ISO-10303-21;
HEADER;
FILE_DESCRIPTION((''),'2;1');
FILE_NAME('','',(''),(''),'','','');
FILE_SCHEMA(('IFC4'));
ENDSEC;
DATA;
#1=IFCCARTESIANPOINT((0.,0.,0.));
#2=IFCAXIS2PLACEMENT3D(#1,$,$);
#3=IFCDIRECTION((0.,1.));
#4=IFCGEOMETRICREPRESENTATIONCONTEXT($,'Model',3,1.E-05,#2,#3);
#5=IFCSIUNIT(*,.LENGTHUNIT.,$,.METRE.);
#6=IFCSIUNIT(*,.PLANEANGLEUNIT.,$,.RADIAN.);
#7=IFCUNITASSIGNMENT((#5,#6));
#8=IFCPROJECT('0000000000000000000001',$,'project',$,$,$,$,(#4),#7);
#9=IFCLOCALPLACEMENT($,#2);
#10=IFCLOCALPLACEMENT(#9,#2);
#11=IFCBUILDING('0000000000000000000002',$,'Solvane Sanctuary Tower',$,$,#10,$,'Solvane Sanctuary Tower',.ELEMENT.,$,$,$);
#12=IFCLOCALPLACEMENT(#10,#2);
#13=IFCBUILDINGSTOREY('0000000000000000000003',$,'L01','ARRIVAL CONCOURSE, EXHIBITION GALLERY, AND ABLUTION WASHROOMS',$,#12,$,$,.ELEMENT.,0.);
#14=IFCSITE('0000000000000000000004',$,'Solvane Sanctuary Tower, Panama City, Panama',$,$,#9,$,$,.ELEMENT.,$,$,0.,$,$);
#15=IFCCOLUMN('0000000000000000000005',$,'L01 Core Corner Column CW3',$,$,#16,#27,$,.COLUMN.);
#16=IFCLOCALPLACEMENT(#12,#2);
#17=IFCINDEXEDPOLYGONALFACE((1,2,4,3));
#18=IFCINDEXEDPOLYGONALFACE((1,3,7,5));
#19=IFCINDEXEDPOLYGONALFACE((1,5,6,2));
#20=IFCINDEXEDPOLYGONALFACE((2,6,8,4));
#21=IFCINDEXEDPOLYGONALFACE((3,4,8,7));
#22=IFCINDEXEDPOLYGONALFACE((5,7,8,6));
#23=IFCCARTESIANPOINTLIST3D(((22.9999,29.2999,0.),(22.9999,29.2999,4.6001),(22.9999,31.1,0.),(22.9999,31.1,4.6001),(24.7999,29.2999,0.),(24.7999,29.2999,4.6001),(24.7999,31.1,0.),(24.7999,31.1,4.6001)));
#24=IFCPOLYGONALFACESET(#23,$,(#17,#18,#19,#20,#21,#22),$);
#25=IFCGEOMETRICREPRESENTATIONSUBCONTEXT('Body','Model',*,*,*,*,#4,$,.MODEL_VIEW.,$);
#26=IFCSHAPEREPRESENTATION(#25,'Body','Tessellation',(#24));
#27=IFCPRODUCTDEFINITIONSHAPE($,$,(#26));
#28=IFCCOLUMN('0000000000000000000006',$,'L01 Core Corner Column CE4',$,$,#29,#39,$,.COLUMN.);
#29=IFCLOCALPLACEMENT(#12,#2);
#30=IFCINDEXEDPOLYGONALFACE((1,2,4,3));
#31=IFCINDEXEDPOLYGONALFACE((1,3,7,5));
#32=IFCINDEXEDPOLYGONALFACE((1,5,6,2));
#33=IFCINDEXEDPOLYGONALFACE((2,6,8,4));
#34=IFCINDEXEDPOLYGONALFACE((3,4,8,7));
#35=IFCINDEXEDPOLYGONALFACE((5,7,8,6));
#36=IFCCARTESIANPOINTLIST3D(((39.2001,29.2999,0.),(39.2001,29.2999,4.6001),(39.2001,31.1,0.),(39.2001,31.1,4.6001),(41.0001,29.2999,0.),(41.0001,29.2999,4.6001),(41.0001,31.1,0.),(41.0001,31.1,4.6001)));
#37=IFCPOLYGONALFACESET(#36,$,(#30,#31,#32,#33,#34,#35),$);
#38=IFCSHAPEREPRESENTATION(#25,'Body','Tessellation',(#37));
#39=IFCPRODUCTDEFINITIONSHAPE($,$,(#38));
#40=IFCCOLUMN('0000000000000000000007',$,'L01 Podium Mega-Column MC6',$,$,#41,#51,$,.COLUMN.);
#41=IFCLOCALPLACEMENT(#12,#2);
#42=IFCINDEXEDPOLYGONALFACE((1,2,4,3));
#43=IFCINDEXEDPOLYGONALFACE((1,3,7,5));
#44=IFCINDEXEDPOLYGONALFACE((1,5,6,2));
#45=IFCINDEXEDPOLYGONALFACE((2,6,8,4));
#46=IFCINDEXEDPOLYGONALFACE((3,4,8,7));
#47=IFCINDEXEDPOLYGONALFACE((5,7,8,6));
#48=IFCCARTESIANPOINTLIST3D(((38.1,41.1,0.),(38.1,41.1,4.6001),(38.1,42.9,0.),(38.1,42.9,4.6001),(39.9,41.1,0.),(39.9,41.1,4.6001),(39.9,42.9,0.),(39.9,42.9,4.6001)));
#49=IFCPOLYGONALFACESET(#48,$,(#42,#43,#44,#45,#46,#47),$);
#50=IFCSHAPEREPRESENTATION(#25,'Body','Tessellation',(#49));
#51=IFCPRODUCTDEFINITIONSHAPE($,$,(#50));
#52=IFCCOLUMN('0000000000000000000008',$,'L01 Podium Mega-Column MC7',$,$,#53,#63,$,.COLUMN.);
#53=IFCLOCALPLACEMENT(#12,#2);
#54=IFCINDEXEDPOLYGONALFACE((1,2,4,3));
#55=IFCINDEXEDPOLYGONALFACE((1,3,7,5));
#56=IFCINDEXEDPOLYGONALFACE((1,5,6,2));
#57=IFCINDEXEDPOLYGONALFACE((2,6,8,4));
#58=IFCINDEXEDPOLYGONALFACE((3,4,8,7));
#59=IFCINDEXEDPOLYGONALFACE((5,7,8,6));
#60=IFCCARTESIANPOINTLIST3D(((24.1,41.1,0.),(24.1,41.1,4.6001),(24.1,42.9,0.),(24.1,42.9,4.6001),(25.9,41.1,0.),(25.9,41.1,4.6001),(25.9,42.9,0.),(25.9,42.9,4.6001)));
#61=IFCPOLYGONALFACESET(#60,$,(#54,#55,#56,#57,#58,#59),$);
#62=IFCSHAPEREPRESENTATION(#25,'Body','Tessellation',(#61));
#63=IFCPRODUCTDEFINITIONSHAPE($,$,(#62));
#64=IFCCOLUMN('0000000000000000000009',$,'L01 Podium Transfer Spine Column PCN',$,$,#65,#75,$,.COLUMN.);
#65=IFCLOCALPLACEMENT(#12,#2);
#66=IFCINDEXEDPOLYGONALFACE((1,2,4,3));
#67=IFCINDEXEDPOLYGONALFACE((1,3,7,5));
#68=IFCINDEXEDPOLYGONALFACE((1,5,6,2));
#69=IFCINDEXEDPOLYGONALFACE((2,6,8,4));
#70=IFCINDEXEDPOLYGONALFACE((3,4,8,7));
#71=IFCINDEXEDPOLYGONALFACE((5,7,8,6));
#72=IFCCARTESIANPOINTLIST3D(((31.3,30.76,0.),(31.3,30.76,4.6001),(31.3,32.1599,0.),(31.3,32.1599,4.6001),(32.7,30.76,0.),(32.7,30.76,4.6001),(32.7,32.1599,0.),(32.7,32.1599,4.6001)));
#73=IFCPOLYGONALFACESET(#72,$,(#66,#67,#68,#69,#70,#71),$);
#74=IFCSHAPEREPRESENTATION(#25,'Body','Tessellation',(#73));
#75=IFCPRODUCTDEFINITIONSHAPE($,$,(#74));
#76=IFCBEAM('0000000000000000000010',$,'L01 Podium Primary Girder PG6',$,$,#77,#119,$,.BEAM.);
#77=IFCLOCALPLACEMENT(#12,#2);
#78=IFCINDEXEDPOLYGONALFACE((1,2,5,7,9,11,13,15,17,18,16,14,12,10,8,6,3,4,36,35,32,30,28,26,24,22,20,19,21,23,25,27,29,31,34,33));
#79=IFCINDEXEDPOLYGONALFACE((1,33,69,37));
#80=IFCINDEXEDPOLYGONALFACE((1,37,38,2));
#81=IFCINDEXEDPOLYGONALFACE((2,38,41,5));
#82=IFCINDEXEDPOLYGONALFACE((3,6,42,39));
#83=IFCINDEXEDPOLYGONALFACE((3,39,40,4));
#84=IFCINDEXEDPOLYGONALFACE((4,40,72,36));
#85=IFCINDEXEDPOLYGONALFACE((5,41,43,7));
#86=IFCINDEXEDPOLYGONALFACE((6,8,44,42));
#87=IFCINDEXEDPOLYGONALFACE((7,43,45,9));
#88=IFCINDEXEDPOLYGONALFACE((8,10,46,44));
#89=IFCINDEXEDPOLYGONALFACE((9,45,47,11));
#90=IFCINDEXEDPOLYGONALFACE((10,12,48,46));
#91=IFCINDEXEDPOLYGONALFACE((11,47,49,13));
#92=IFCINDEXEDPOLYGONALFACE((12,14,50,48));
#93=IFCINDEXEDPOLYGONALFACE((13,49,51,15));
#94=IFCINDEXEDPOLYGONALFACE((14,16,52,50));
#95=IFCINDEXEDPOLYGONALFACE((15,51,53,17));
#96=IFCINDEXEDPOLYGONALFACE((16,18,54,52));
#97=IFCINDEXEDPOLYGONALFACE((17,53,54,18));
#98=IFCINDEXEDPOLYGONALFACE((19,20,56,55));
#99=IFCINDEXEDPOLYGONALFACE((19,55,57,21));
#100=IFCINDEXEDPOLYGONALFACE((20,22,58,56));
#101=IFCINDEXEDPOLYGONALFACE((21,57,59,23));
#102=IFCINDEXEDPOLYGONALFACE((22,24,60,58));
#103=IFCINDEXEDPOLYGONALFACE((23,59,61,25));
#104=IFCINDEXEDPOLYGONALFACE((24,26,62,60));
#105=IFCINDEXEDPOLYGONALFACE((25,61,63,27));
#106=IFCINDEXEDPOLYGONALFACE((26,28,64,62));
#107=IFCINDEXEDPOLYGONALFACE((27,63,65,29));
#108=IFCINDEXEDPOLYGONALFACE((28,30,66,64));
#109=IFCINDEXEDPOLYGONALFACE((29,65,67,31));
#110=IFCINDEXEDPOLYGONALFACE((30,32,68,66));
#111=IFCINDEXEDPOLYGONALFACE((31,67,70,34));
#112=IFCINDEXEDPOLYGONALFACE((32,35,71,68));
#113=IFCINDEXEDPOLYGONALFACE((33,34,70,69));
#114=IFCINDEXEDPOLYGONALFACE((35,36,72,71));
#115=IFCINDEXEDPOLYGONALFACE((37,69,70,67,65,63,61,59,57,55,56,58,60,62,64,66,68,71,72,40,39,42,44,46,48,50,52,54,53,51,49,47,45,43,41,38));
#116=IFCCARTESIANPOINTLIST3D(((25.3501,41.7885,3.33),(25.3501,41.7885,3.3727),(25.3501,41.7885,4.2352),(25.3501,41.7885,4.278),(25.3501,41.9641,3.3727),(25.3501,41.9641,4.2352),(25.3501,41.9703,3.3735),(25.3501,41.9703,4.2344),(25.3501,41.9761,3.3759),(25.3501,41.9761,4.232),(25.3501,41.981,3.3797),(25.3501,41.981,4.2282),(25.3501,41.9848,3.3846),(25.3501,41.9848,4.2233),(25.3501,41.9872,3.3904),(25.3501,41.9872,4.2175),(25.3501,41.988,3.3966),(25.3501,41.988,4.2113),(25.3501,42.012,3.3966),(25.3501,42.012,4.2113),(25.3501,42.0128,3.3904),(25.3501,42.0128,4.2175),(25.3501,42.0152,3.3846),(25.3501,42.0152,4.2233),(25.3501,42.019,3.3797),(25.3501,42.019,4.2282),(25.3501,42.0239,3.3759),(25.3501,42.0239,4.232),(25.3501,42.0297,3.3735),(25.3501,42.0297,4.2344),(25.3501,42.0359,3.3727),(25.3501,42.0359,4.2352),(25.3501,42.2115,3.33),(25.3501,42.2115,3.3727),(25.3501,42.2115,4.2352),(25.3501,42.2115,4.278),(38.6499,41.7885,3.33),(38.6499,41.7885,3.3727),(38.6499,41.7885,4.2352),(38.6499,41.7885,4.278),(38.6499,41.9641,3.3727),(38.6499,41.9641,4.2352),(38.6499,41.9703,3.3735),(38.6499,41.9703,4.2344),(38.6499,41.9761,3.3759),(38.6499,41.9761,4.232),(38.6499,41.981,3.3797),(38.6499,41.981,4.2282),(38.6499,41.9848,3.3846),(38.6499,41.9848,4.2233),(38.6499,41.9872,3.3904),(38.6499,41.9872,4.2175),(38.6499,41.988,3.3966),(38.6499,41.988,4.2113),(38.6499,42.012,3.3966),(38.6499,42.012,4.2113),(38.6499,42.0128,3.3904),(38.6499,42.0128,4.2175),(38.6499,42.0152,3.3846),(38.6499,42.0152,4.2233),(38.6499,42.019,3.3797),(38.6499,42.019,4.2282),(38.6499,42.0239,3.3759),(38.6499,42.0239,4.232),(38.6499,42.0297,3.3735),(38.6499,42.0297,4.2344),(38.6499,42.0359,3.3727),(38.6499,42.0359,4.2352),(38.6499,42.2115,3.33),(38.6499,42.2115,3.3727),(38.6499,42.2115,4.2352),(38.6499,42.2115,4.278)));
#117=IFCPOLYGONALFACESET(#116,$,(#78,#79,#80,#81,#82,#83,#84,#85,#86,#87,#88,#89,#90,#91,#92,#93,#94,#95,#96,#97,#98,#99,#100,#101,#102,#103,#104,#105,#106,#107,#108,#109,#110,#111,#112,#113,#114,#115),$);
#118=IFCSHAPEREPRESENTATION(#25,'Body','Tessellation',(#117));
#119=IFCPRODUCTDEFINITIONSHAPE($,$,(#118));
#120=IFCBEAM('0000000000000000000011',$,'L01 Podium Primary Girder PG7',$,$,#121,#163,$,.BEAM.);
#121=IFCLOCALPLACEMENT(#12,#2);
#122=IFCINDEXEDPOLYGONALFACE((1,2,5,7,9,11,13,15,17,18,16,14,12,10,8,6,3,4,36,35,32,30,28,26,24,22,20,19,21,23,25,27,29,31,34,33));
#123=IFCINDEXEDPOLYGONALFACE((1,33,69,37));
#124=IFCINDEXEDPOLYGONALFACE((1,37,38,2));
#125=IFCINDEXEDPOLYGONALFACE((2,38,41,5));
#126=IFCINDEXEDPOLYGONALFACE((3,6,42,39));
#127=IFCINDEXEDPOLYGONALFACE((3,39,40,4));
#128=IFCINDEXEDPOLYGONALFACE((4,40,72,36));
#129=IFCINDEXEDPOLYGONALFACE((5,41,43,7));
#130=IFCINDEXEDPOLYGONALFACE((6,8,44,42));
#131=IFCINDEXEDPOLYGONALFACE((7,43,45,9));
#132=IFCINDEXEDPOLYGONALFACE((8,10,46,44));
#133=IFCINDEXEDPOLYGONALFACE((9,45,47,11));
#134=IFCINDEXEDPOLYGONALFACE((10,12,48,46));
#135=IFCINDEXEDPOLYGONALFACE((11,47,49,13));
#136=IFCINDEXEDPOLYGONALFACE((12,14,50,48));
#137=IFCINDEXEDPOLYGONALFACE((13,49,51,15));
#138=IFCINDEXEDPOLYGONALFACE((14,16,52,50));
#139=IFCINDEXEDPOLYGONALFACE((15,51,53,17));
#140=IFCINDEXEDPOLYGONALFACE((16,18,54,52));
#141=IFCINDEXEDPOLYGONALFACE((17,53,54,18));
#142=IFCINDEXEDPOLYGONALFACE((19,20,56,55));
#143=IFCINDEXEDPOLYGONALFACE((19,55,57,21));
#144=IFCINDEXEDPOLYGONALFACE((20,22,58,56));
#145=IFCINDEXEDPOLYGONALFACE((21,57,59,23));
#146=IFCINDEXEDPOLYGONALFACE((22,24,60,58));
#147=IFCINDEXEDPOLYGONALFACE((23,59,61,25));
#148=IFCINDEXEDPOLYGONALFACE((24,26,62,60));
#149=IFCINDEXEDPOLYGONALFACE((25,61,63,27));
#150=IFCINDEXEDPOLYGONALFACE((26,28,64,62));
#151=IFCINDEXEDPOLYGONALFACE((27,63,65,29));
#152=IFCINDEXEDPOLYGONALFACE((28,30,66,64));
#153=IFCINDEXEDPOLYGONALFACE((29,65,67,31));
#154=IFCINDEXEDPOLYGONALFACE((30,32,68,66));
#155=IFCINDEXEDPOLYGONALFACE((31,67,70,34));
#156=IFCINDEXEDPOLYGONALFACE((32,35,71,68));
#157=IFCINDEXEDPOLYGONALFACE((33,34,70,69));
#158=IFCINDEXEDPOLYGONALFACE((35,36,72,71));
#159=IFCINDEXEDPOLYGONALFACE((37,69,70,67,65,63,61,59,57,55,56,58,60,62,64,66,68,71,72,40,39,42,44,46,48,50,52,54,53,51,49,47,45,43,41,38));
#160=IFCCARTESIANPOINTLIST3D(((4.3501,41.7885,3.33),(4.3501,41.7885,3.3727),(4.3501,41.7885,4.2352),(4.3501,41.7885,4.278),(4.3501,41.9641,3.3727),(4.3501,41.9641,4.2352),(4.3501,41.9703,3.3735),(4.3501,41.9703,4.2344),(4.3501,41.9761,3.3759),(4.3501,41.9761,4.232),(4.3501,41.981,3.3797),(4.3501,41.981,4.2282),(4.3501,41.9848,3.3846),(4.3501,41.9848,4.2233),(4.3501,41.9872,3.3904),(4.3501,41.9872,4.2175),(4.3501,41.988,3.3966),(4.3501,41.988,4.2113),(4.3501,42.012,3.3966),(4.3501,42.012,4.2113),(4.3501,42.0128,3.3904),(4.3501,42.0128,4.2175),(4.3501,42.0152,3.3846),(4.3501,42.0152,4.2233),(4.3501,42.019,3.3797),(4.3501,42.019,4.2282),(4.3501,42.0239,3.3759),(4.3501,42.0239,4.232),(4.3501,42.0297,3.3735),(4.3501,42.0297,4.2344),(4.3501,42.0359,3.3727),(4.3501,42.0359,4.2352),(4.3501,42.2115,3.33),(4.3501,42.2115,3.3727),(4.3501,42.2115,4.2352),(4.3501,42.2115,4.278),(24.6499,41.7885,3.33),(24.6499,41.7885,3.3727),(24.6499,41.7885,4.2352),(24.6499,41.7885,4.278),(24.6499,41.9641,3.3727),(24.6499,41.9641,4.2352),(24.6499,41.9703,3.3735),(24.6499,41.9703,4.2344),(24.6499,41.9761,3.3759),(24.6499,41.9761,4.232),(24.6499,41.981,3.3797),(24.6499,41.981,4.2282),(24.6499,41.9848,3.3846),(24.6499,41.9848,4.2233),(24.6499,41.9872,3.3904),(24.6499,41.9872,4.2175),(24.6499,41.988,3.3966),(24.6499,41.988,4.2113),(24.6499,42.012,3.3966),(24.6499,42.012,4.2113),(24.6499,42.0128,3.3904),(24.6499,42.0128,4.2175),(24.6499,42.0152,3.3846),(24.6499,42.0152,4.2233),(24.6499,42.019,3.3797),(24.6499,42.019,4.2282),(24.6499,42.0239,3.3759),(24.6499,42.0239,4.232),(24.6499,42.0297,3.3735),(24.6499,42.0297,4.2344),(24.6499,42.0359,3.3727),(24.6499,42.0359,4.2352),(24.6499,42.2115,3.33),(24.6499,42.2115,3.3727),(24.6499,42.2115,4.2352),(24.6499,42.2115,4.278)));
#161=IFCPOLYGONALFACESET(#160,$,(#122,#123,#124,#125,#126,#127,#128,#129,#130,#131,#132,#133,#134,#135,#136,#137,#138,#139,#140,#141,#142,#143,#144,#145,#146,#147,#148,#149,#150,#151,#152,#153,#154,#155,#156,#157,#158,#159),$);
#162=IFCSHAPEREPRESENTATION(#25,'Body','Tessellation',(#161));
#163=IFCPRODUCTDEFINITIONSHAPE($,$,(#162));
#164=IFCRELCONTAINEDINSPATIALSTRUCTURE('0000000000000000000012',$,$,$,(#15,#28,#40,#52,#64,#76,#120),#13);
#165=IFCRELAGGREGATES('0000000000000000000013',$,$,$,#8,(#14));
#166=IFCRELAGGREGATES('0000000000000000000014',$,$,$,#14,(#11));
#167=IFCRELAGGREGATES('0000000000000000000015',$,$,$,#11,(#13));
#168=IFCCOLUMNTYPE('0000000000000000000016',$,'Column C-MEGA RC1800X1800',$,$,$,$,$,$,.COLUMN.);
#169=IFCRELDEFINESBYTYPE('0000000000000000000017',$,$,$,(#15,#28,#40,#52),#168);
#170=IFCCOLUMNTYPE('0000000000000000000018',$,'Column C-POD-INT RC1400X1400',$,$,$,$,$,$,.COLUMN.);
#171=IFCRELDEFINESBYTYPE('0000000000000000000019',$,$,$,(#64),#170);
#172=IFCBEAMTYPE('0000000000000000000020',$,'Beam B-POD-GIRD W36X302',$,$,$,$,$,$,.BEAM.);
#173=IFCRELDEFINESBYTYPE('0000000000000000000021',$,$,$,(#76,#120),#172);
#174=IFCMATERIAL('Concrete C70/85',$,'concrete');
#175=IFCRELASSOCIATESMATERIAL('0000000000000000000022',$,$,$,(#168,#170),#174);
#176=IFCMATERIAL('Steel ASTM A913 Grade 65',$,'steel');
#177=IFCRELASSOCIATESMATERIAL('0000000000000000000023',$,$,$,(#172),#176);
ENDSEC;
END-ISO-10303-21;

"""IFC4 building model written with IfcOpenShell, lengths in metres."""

from ifc_helpers import new_model, si_unit, direction, frame, origin, origin_2d, place, context, subcontext, project, spatial, rectangle, i_section, extrude, material, material_profile, profile_set, type_object, element, save


model = new_model("IFC4")

# Units and contexts
model_context = context("Model", 3, precision=1e-05, world=origin(), true_north=direction((0.0, 1.0)))
body_context = subcontext(model_context, "Body", "Model", "MODEL_VIEW")
ifc_project = project(units=[si_unit("LENGTHUNIT", "METRE"), si_unit("PLANEANGLEUNIT", "RADIAN")], contexts=[model_context])

# Site, building, storey
site_placement = place(None, origin())
site = spatial("IfcSite", under=ifc_project, at=site_placement, Name="Solvane Sanctuary Tower, Panama City, Panama", CompositionType="ELEMENT", RefElevation=0.0)
building_placement = place(site_placement, origin())
building = spatial("IfcBuilding", under=site, at=building_placement, Name="Solvane Sanctuary Tower", LongName="Solvane Sanctuary Tower", CompositionType="ELEMENT")
storey_placement = place(building_placement, origin())
storey = spatial("IfcBuildingStorey", under=building, at=storey_placement, Name="L01", Description="ARRIVAL CONCOURSE, EXHIBITION GALLERY, AND ABLUTION WASHROOMS", CompositionType="ELEMENT", Elevation=0.0)

# Columns
ifc_material_1 = material(Name="Concrete C70/85", Category="concrete")
ifc_material_profile_1 = material_profile(ifc_material_1, rectangle(XDim=1.8, YDim=1.8, at=origin_2d()), Name="RC1800X1800")
ifc_profile_set_1 = profile_set([ifc_material_profile_1], Name="Concrete C70/85")
column_type_1 = type_object("IfcColumnType", Name="Column C-MEGA RC1800X1800", PredefinedType="COLUMN", material=ifc_profile_set_1)
for number, where, z_axis, x_axis, name in (
    (1, (23.8999, 30.2, 0.0), (0.0, 0.0, 1.0), (1.0, 0.0, 0.0), "L01 Core Corner Column CW3"),
    (2, (40.1001, 30.2, 0.0), (0.0, 0.0, 1.0), (1.0, 0.0, 0.0), "L01 Core Corner Column CE4"),
    (3, (39.0, 42.0, 0.0), (0.0, 0.0, 1.0), (1.0, 0.0, 0.0), "L01 Podium Mega-Column MC6"),
    (4, (25.0, 42.0, 0.0), (0.0, 0.0, 1.0), (1.0, 0.0, 0.0), "L01 Podium Mega-Column MC7"),
):
    element("IfcColumn", number, at=place(storey_placement, frame(where, z_axis=z_axis, x_axis=x_axis)), inside=storey, type_object=column_type_1, Name=name, PredefinedType="COLUMN", context=body_context, shape_type="SweptSolid", body=[
        extrude(rectangle(XDim=1.8, YDim=1.8, at=origin_2d()), origin(), (0.0, 0.0, 1.0), 4.6001),
    ])
ifc_material_profile_2 = material_profile(ifc_material_1, rectangle(XDim=1.3999, YDim=1.3999, at=origin_2d()), Name="RC1400X1400")
ifc_profile_set_2 = profile_set([ifc_material_profile_2], Name="Concrete C70/85")
column_type_2 = type_object("IfcColumnType", Name="Column C-POD-INT RC1400X1400", PredefinedType="COLUMN", material=ifc_profile_set_2)
column_placement = place(storey_placement, frame((32.0, 31.46, 0.0), z_axis=(0.0, 0.0, 1.0), x_axis=(1.0, 0.0, 0.0)))
element("IfcColumn", 5, at=column_placement, inside=storey, type_object=column_type_2, Name="L01 Podium Transfer Spine Column PCN", PredefinedType="COLUMN", context=body_context, shape_type="SweptSolid", body=[
    extrude(rectangle(XDim=1.3999, YDim=1.3999, at=origin_2d()), origin(), (0.0, 0.0, 1.0), 4.6001),
])

# Beams
ifc_material_2 = material(Name="Steel ASTM A913 Grade 65", Category="steel")
ifc_material_profile_3 = material_profile(ifc_material_2, i_section(OverallWidth=0.4231, OverallDepth=0.948, WebThickness=0.0239, FlangeThickness=0.0427, FilletRadius=0.0239, at=origin_2d()), Name="W36X302")
ifc_profile_set_3 = profile_set([ifc_material_profile_3], Name="Steel ASTM A913 Grade 65")
beam_type = type_object("IfcBeamType", Name="Beam B-POD-GIRD W36X302", PredefinedType="BEAM", material=ifc_profile_set_3)
beam_1_placement = place(storey_placement, frame((38.6499, 42.0, 3.804), z_axis=(-1.0, 0.0, 0.0), x_axis=(0.0, -1.0, 0.0)))
element("IfcBeam", 6, at=beam_1_placement, inside=storey, type_object=beam_type, Name="L01 Podium Primary Girder PG6", PredefinedType="BEAM", context=body_context, shape_type="SweptSolid", body=[
    extrude(i_section(OverallWidth=0.4231, OverallDepth=0.948, WebThickness=0.0239, FlangeThickness=0.0427, FilletRadius=0.0239, at=origin_2d()), origin(), (0.0, 0.0, 1.0), 13.2998),
])
beam_2_placement = place(storey_placement, frame((24.6499, 42.0, 3.804), z_axis=(-1.0, 0.0, 0.0), x_axis=(0.0, -1.0, 0.0)))
element("IfcBeam", 7, at=beam_2_placement, inside=storey, type_object=beam_type, Name="L01 Podium Primary Girder PG7", PredefinedType="BEAM", context=body_context, shape_type="SweptSolid", body=[
    extrude(i_section(OverallWidth=0.4231, OverallDepth=0.948, WebThickness=0.0239, FlangeThickness=0.0427, FilletRadius=0.0239, at=origin_2d()), origin(), (0.0, 0.0, 1.0), 20.2998),
])

save(model, "model.ifc")
